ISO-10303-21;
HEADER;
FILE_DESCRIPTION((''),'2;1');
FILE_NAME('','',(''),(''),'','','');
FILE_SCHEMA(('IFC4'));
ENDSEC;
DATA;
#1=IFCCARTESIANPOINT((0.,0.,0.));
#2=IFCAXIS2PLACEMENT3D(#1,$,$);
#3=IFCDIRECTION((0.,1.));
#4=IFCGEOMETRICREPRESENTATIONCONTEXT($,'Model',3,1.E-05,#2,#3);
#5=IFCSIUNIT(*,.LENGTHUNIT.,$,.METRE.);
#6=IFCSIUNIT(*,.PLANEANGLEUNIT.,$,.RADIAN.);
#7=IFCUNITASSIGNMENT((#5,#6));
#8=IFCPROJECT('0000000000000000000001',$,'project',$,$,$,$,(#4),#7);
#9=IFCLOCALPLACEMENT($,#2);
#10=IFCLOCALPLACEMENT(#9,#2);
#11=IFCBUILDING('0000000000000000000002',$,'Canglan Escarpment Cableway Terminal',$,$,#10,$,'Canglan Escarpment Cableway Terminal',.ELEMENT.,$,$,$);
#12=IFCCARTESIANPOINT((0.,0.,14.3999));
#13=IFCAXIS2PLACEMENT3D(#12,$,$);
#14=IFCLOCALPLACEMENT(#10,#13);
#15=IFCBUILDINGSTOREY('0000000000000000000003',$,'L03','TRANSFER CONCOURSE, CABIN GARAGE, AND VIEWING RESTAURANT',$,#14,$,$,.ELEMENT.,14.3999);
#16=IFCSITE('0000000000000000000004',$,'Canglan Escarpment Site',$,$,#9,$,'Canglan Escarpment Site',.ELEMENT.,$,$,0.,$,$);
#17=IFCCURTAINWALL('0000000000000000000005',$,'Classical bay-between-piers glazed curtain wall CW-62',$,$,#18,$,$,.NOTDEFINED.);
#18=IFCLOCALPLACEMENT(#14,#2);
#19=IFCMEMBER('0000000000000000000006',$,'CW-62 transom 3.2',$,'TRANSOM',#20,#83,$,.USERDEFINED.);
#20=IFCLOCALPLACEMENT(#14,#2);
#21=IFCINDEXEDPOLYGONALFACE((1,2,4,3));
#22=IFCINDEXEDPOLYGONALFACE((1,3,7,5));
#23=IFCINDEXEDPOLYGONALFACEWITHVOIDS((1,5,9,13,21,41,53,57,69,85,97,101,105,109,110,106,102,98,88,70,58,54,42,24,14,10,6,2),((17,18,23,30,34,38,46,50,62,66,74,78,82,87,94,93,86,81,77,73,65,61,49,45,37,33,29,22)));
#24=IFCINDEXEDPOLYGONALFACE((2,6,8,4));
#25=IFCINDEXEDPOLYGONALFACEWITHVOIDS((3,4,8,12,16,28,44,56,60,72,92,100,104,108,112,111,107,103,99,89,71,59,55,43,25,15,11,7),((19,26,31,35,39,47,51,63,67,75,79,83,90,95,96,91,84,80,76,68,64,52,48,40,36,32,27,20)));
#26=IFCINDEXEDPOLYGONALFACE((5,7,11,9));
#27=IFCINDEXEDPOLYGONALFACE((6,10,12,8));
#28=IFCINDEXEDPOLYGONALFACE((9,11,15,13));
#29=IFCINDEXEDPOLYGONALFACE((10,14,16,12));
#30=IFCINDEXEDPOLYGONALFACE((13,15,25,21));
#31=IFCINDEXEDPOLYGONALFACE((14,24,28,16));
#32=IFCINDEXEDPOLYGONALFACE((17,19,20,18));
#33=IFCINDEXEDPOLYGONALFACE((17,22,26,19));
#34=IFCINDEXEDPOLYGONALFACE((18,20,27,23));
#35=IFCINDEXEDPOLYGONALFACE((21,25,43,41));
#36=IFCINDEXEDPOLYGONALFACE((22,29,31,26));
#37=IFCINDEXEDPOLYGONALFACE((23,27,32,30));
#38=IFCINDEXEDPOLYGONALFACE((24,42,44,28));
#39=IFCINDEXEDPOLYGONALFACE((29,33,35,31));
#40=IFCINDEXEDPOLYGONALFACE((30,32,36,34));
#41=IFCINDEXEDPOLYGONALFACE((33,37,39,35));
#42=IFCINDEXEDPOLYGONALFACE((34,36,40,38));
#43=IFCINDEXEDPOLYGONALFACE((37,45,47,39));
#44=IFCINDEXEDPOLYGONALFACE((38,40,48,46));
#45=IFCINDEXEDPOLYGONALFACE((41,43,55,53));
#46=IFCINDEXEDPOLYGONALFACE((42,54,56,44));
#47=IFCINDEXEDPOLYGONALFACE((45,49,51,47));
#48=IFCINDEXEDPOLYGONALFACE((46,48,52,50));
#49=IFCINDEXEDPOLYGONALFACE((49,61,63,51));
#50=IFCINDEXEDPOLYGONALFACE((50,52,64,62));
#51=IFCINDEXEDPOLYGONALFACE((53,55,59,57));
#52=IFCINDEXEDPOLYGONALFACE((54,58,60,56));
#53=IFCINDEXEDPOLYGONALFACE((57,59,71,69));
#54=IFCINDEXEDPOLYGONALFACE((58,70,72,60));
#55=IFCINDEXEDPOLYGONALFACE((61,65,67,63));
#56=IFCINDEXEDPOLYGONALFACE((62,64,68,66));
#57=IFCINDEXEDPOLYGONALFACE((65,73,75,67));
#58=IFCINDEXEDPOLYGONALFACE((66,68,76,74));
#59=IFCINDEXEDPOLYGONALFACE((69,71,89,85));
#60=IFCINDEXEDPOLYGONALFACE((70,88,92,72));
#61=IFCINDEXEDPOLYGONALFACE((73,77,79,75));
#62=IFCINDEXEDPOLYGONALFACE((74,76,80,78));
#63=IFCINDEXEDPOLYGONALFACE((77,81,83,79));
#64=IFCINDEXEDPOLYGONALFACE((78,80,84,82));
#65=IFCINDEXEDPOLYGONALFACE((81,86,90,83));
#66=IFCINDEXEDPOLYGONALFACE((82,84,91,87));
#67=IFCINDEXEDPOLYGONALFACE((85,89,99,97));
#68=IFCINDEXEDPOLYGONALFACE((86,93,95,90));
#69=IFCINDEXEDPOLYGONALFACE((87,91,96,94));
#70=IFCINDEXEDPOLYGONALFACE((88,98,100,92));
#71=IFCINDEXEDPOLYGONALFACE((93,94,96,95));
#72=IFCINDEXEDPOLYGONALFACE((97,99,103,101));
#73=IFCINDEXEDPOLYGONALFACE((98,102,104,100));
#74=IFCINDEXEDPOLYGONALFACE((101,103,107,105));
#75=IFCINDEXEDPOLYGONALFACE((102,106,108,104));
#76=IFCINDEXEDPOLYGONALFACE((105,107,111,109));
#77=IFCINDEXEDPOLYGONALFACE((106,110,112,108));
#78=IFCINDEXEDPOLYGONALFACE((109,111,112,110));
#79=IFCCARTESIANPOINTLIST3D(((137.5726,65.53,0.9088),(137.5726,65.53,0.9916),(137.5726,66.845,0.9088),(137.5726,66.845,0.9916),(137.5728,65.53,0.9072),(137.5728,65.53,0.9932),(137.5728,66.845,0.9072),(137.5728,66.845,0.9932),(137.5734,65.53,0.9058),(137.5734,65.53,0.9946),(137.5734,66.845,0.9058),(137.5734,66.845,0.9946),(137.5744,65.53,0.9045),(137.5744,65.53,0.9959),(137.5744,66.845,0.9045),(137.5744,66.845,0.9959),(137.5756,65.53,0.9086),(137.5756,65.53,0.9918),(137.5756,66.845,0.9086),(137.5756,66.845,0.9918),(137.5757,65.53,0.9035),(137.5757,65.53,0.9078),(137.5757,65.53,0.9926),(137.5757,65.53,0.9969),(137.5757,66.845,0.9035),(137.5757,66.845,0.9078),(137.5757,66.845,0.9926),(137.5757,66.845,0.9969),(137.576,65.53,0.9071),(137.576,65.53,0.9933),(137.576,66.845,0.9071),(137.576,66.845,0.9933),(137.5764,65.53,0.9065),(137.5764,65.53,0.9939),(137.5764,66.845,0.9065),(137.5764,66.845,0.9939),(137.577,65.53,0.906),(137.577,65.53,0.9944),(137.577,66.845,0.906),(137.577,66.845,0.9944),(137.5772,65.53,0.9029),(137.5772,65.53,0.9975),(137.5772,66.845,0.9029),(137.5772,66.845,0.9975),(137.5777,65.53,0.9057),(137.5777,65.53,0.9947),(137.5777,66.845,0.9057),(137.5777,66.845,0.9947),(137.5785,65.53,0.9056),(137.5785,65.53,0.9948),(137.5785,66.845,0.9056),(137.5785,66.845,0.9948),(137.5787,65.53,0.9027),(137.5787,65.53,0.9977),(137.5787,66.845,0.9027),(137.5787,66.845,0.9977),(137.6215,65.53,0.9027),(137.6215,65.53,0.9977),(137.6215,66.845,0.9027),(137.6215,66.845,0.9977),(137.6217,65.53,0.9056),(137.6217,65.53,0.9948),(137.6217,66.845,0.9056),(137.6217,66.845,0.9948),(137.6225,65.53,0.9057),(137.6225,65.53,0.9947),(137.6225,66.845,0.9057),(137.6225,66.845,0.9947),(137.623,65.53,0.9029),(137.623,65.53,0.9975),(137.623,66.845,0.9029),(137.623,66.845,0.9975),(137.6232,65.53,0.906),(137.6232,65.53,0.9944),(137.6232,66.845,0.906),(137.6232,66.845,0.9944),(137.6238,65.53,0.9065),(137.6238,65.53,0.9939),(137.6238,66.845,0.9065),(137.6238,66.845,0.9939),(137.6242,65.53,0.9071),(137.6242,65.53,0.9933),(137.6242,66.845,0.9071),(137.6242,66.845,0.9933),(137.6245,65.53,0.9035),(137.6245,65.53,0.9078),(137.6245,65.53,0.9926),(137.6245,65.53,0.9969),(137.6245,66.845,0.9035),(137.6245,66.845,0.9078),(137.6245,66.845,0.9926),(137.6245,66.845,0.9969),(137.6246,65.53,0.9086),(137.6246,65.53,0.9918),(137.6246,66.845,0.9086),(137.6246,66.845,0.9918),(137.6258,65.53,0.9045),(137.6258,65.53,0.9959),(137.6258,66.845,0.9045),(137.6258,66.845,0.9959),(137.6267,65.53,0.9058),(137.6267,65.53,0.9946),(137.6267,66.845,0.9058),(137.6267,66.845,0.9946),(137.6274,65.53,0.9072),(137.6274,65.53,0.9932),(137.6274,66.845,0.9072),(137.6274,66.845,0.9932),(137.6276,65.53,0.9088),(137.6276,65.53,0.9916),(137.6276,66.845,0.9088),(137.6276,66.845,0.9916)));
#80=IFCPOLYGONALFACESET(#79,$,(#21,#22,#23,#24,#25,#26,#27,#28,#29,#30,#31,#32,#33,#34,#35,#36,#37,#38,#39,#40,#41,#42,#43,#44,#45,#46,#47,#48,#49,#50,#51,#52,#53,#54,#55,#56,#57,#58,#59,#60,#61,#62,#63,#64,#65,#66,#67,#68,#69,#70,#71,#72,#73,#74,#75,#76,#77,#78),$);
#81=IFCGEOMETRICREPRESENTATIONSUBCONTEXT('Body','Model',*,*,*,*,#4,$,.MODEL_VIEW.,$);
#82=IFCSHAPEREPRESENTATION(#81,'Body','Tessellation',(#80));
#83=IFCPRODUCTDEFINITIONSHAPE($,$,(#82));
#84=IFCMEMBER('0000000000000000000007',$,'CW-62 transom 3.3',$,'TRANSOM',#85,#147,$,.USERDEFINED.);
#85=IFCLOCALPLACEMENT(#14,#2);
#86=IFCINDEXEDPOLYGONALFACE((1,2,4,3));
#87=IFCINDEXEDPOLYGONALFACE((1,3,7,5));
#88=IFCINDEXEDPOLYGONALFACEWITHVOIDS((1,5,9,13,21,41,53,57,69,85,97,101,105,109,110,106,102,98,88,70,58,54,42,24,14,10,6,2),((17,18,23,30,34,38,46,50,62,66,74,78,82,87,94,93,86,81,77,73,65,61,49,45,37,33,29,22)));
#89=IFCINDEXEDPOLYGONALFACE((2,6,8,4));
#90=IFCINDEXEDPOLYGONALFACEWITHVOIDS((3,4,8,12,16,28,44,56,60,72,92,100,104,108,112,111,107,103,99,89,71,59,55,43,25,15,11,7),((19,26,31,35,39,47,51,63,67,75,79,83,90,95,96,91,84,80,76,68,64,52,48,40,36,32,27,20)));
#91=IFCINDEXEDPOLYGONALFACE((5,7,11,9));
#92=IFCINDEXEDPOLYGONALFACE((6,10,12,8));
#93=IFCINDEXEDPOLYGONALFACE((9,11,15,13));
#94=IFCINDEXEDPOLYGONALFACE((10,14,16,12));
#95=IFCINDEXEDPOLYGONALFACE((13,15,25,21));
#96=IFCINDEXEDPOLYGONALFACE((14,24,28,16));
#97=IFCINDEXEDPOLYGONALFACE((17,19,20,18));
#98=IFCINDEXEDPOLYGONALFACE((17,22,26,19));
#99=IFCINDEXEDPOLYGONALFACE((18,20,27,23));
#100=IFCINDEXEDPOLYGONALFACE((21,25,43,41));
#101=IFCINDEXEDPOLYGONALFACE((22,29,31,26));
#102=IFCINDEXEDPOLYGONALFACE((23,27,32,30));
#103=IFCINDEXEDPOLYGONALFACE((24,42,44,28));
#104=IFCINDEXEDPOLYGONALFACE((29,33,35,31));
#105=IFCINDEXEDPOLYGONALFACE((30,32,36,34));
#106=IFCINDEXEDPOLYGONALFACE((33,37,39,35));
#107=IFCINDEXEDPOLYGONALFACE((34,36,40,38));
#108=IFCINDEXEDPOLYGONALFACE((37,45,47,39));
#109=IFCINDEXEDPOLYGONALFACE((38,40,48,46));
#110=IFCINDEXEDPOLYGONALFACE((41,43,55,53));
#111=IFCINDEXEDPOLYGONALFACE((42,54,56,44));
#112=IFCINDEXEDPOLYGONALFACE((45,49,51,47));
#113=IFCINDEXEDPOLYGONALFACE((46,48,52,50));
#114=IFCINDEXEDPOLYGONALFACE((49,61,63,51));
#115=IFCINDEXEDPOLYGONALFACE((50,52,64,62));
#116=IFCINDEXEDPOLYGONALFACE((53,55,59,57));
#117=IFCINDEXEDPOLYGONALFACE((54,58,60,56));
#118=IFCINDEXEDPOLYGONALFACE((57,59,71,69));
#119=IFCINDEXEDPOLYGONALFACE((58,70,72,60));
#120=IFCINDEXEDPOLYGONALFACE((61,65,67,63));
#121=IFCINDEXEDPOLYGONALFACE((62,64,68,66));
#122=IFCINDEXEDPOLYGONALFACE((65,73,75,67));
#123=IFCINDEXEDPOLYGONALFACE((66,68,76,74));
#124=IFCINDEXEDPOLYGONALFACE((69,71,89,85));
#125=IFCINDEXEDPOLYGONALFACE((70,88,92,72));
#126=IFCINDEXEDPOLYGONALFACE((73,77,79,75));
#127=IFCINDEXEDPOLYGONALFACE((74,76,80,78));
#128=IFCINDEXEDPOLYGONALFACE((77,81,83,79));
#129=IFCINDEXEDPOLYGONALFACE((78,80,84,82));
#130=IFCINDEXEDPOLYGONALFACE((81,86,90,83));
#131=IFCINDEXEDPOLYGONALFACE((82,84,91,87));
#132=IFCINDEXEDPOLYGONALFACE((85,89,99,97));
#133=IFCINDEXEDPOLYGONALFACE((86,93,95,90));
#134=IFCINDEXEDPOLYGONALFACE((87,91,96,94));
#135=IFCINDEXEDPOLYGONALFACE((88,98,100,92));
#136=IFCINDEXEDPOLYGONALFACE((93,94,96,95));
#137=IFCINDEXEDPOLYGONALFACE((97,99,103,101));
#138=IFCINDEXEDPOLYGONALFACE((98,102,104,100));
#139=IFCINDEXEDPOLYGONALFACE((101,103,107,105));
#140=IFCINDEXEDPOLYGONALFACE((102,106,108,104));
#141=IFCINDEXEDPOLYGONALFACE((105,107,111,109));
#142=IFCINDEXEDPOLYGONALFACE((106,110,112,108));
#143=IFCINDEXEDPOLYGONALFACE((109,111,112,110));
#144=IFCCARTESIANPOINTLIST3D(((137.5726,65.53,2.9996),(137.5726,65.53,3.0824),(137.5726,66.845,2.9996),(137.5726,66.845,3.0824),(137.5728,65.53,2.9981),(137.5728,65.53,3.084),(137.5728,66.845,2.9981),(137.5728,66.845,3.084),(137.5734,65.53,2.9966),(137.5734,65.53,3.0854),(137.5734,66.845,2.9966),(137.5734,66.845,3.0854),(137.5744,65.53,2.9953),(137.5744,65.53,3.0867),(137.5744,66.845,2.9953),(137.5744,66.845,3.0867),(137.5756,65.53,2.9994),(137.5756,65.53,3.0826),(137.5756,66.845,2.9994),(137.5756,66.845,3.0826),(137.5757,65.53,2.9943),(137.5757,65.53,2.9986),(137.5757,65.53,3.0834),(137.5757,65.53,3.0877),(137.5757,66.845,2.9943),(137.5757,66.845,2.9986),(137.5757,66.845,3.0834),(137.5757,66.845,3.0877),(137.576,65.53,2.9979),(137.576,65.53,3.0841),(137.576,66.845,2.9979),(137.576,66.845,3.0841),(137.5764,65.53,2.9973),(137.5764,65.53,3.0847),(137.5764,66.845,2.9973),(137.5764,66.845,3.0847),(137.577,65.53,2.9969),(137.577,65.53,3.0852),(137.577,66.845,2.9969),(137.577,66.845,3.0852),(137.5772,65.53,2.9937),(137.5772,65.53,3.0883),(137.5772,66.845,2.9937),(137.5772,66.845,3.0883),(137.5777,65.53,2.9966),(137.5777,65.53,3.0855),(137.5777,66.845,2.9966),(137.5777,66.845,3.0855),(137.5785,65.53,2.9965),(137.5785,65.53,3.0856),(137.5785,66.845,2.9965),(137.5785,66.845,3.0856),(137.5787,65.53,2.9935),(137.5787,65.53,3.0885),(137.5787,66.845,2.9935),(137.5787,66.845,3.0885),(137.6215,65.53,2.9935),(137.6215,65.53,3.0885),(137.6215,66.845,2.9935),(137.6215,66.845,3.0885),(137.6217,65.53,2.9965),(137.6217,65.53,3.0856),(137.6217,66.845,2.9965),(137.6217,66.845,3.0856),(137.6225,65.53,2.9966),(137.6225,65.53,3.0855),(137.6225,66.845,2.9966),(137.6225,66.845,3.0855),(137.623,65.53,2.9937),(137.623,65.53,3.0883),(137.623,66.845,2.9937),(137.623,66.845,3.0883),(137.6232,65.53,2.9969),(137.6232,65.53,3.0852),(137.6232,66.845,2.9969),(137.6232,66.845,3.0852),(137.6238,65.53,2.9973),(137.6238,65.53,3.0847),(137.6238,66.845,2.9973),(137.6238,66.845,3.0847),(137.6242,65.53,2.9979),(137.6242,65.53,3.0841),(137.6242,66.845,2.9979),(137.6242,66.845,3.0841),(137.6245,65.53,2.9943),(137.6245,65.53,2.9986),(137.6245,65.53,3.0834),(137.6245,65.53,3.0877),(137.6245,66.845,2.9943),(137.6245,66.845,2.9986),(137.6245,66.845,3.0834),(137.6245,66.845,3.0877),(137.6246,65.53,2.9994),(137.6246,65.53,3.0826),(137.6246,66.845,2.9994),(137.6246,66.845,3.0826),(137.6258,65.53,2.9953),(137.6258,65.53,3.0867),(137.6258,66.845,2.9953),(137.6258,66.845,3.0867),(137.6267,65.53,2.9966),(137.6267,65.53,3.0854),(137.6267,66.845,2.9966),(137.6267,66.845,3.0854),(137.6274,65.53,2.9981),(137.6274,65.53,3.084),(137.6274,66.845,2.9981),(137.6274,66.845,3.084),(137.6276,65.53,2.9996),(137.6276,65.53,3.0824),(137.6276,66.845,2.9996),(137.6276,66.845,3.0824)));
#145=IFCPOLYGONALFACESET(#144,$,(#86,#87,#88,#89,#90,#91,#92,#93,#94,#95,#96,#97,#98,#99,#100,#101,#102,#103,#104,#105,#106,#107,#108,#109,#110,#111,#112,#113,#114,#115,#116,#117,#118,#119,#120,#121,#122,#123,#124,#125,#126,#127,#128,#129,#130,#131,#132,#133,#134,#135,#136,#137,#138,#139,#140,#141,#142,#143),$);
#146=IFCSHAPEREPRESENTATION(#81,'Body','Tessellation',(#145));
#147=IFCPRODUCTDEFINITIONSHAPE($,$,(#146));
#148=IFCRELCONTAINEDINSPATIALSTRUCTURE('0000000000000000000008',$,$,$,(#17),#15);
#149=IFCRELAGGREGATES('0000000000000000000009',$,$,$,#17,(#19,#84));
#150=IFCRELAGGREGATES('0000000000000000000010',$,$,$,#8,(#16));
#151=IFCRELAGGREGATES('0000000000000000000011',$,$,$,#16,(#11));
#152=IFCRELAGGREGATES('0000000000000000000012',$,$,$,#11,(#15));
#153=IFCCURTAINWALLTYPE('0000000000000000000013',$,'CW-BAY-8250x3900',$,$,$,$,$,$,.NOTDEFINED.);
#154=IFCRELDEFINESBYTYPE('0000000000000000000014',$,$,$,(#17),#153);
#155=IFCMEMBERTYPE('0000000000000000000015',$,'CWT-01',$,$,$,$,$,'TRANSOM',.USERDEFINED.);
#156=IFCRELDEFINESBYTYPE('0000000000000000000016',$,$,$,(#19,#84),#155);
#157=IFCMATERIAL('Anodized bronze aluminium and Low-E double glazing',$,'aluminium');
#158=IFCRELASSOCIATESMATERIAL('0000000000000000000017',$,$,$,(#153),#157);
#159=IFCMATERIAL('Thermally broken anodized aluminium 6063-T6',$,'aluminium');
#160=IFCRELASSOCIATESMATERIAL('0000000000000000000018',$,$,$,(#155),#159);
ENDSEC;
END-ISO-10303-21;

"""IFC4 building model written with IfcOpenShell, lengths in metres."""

from ifc_helpers import new_model, si_unit, direction, frame, origin, origin_2d, place, context, subcontext, project, spatial, hollow_rectangle, extrude, material, material_profile, profile_set, type_object, element, aggregate, save


model = new_model("IFC4")

# Units and contexts
model_context = context("Model", 3, precision=1e-05, world=origin(), true_north=direction((0.0, 1.0)))
body_context = subcontext(model_context, "Body", "Model", "MODEL_VIEW")
ifc_project = project(units=[si_unit("LENGTHUNIT", "METRE"), si_unit("PLANEANGLEUNIT", "RADIAN")], contexts=[model_context])

# Site, building, storey
site_placement = place(None, origin())
site = spatial("IfcSite", under=ifc_project, at=site_placement, Name="Canglan Escarpment Site", LongName="Canglan Escarpment Site", CompositionType="ELEMENT", RefElevation=0.0)
building_placement = place(site_placement, origin())
building = spatial("IfcBuilding", under=site, at=building_placement, Name="Canglan Escarpment Cableway Terminal", LongName="Canglan Escarpment Cableway Terminal", CompositionType="ELEMENT")
storey_placement = place(building_placement, frame((0.0, 0.0, 14.3999)))
storey = spatial("IfcBuildingStorey", under=building, at=storey_placement, Name="L03", Description="TRANSFER CONCOURSE, CABIN GARAGE, AND VIEWING RESTAURANT", CompositionType="ELEMENT", Elevation=14.3999)

# Curtain wall, members
ifc_material_1 = material(Name="Anodized bronze aluminium and Low-E double glazing", Category="aluminium")
curtain_wall_type = type_object("IfcCurtainWallType", Name="CW-BAY-8250x3900", PredefinedType="NOTDEFINED", material=ifc_material_1)
curtain_wall_placement = place(storey_placement, origin())
curtain_wall = element("IfcCurtainWall", 1, at=curtain_wall_placement, inside=storey, type_object=curtain_wall_type, Name="Classical bay-between-piers glazed curtain wall CW-62", PredefinedType="NOTDEFINED")
ifc_material_2 = material(Name="Thermally broken anodized aluminium 6063-T6", Category="aluminium")
ifc_material_profile_1 = material_profile(ifc_material_2, hollow_rectangle(XDim=0.0549, YDim=0.095, WallThickness=0.0029, InnerFilletRadius=0.0029, OuterFilletRadius=0.0061, at=origin_2d()), Name="ALU-TRAN 55x95x3")
ifc_profile_set_1 = profile_set([ifc_material_profile_1], Name="Thermally broken anodized aluminium 6063-T6")
member_type_1 = type_object("IfcMemberType", Name="CWT-01", ElementType="TRANSOM", PredefinedType="USERDEFINED", material=ifc_profile_set_1)
member_1_placement = place(storey_placement, frame((137.6001, 66.845, 0.9502), z_axis=(0.0, -1.0, 0.0), x_axis=(1.0, 0.0, 0.0)))
member_1 = element("IfcMember", 2, at=member_1_placement, type_object=member_type_1, Name="CW-62 transom 3.2", ObjectType="TRANSOM", PredefinedType="USERDEFINED", context=body_context, shape_type="SweptSolid", body=[
    extrude(hollow_rectangle(XDim=0.0549, YDim=0.095, WallThickness=0.0029, InnerFilletRadius=0.0029, OuterFilletRadius=0.0061, at=origin_2d()), origin(), (0.0, 0.0, 1.0), 1.3149),
])
member_2_placement = place(storey_placement, frame((137.6001, 66.845, 3.041), z_axis=(0.0, -1.0, 0.0), x_axis=(1.0, 0.0, 0.0)))
member_2 = element("IfcMember", 3, at=member_2_placement, type_object=member_type_1, Name="CW-62 transom 3.3", ObjectType="TRANSOM", PredefinedType="USERDEFINED", context=body_context, shape_type="SweptSolid", body=[
    extrude(hollow_rectangle(XDim=0.0549, YDim=0.095, WallThickness=0.0029, InnerFilletRadius=0.0029, OuterFilletRadius=0.0061, at=origin_2d()), origin(), (0.0, 0.0, 1.0), 1.3149),
])
aggregate(curtain_wall, [member_1, member_2])

save(model, "model.ifc")
